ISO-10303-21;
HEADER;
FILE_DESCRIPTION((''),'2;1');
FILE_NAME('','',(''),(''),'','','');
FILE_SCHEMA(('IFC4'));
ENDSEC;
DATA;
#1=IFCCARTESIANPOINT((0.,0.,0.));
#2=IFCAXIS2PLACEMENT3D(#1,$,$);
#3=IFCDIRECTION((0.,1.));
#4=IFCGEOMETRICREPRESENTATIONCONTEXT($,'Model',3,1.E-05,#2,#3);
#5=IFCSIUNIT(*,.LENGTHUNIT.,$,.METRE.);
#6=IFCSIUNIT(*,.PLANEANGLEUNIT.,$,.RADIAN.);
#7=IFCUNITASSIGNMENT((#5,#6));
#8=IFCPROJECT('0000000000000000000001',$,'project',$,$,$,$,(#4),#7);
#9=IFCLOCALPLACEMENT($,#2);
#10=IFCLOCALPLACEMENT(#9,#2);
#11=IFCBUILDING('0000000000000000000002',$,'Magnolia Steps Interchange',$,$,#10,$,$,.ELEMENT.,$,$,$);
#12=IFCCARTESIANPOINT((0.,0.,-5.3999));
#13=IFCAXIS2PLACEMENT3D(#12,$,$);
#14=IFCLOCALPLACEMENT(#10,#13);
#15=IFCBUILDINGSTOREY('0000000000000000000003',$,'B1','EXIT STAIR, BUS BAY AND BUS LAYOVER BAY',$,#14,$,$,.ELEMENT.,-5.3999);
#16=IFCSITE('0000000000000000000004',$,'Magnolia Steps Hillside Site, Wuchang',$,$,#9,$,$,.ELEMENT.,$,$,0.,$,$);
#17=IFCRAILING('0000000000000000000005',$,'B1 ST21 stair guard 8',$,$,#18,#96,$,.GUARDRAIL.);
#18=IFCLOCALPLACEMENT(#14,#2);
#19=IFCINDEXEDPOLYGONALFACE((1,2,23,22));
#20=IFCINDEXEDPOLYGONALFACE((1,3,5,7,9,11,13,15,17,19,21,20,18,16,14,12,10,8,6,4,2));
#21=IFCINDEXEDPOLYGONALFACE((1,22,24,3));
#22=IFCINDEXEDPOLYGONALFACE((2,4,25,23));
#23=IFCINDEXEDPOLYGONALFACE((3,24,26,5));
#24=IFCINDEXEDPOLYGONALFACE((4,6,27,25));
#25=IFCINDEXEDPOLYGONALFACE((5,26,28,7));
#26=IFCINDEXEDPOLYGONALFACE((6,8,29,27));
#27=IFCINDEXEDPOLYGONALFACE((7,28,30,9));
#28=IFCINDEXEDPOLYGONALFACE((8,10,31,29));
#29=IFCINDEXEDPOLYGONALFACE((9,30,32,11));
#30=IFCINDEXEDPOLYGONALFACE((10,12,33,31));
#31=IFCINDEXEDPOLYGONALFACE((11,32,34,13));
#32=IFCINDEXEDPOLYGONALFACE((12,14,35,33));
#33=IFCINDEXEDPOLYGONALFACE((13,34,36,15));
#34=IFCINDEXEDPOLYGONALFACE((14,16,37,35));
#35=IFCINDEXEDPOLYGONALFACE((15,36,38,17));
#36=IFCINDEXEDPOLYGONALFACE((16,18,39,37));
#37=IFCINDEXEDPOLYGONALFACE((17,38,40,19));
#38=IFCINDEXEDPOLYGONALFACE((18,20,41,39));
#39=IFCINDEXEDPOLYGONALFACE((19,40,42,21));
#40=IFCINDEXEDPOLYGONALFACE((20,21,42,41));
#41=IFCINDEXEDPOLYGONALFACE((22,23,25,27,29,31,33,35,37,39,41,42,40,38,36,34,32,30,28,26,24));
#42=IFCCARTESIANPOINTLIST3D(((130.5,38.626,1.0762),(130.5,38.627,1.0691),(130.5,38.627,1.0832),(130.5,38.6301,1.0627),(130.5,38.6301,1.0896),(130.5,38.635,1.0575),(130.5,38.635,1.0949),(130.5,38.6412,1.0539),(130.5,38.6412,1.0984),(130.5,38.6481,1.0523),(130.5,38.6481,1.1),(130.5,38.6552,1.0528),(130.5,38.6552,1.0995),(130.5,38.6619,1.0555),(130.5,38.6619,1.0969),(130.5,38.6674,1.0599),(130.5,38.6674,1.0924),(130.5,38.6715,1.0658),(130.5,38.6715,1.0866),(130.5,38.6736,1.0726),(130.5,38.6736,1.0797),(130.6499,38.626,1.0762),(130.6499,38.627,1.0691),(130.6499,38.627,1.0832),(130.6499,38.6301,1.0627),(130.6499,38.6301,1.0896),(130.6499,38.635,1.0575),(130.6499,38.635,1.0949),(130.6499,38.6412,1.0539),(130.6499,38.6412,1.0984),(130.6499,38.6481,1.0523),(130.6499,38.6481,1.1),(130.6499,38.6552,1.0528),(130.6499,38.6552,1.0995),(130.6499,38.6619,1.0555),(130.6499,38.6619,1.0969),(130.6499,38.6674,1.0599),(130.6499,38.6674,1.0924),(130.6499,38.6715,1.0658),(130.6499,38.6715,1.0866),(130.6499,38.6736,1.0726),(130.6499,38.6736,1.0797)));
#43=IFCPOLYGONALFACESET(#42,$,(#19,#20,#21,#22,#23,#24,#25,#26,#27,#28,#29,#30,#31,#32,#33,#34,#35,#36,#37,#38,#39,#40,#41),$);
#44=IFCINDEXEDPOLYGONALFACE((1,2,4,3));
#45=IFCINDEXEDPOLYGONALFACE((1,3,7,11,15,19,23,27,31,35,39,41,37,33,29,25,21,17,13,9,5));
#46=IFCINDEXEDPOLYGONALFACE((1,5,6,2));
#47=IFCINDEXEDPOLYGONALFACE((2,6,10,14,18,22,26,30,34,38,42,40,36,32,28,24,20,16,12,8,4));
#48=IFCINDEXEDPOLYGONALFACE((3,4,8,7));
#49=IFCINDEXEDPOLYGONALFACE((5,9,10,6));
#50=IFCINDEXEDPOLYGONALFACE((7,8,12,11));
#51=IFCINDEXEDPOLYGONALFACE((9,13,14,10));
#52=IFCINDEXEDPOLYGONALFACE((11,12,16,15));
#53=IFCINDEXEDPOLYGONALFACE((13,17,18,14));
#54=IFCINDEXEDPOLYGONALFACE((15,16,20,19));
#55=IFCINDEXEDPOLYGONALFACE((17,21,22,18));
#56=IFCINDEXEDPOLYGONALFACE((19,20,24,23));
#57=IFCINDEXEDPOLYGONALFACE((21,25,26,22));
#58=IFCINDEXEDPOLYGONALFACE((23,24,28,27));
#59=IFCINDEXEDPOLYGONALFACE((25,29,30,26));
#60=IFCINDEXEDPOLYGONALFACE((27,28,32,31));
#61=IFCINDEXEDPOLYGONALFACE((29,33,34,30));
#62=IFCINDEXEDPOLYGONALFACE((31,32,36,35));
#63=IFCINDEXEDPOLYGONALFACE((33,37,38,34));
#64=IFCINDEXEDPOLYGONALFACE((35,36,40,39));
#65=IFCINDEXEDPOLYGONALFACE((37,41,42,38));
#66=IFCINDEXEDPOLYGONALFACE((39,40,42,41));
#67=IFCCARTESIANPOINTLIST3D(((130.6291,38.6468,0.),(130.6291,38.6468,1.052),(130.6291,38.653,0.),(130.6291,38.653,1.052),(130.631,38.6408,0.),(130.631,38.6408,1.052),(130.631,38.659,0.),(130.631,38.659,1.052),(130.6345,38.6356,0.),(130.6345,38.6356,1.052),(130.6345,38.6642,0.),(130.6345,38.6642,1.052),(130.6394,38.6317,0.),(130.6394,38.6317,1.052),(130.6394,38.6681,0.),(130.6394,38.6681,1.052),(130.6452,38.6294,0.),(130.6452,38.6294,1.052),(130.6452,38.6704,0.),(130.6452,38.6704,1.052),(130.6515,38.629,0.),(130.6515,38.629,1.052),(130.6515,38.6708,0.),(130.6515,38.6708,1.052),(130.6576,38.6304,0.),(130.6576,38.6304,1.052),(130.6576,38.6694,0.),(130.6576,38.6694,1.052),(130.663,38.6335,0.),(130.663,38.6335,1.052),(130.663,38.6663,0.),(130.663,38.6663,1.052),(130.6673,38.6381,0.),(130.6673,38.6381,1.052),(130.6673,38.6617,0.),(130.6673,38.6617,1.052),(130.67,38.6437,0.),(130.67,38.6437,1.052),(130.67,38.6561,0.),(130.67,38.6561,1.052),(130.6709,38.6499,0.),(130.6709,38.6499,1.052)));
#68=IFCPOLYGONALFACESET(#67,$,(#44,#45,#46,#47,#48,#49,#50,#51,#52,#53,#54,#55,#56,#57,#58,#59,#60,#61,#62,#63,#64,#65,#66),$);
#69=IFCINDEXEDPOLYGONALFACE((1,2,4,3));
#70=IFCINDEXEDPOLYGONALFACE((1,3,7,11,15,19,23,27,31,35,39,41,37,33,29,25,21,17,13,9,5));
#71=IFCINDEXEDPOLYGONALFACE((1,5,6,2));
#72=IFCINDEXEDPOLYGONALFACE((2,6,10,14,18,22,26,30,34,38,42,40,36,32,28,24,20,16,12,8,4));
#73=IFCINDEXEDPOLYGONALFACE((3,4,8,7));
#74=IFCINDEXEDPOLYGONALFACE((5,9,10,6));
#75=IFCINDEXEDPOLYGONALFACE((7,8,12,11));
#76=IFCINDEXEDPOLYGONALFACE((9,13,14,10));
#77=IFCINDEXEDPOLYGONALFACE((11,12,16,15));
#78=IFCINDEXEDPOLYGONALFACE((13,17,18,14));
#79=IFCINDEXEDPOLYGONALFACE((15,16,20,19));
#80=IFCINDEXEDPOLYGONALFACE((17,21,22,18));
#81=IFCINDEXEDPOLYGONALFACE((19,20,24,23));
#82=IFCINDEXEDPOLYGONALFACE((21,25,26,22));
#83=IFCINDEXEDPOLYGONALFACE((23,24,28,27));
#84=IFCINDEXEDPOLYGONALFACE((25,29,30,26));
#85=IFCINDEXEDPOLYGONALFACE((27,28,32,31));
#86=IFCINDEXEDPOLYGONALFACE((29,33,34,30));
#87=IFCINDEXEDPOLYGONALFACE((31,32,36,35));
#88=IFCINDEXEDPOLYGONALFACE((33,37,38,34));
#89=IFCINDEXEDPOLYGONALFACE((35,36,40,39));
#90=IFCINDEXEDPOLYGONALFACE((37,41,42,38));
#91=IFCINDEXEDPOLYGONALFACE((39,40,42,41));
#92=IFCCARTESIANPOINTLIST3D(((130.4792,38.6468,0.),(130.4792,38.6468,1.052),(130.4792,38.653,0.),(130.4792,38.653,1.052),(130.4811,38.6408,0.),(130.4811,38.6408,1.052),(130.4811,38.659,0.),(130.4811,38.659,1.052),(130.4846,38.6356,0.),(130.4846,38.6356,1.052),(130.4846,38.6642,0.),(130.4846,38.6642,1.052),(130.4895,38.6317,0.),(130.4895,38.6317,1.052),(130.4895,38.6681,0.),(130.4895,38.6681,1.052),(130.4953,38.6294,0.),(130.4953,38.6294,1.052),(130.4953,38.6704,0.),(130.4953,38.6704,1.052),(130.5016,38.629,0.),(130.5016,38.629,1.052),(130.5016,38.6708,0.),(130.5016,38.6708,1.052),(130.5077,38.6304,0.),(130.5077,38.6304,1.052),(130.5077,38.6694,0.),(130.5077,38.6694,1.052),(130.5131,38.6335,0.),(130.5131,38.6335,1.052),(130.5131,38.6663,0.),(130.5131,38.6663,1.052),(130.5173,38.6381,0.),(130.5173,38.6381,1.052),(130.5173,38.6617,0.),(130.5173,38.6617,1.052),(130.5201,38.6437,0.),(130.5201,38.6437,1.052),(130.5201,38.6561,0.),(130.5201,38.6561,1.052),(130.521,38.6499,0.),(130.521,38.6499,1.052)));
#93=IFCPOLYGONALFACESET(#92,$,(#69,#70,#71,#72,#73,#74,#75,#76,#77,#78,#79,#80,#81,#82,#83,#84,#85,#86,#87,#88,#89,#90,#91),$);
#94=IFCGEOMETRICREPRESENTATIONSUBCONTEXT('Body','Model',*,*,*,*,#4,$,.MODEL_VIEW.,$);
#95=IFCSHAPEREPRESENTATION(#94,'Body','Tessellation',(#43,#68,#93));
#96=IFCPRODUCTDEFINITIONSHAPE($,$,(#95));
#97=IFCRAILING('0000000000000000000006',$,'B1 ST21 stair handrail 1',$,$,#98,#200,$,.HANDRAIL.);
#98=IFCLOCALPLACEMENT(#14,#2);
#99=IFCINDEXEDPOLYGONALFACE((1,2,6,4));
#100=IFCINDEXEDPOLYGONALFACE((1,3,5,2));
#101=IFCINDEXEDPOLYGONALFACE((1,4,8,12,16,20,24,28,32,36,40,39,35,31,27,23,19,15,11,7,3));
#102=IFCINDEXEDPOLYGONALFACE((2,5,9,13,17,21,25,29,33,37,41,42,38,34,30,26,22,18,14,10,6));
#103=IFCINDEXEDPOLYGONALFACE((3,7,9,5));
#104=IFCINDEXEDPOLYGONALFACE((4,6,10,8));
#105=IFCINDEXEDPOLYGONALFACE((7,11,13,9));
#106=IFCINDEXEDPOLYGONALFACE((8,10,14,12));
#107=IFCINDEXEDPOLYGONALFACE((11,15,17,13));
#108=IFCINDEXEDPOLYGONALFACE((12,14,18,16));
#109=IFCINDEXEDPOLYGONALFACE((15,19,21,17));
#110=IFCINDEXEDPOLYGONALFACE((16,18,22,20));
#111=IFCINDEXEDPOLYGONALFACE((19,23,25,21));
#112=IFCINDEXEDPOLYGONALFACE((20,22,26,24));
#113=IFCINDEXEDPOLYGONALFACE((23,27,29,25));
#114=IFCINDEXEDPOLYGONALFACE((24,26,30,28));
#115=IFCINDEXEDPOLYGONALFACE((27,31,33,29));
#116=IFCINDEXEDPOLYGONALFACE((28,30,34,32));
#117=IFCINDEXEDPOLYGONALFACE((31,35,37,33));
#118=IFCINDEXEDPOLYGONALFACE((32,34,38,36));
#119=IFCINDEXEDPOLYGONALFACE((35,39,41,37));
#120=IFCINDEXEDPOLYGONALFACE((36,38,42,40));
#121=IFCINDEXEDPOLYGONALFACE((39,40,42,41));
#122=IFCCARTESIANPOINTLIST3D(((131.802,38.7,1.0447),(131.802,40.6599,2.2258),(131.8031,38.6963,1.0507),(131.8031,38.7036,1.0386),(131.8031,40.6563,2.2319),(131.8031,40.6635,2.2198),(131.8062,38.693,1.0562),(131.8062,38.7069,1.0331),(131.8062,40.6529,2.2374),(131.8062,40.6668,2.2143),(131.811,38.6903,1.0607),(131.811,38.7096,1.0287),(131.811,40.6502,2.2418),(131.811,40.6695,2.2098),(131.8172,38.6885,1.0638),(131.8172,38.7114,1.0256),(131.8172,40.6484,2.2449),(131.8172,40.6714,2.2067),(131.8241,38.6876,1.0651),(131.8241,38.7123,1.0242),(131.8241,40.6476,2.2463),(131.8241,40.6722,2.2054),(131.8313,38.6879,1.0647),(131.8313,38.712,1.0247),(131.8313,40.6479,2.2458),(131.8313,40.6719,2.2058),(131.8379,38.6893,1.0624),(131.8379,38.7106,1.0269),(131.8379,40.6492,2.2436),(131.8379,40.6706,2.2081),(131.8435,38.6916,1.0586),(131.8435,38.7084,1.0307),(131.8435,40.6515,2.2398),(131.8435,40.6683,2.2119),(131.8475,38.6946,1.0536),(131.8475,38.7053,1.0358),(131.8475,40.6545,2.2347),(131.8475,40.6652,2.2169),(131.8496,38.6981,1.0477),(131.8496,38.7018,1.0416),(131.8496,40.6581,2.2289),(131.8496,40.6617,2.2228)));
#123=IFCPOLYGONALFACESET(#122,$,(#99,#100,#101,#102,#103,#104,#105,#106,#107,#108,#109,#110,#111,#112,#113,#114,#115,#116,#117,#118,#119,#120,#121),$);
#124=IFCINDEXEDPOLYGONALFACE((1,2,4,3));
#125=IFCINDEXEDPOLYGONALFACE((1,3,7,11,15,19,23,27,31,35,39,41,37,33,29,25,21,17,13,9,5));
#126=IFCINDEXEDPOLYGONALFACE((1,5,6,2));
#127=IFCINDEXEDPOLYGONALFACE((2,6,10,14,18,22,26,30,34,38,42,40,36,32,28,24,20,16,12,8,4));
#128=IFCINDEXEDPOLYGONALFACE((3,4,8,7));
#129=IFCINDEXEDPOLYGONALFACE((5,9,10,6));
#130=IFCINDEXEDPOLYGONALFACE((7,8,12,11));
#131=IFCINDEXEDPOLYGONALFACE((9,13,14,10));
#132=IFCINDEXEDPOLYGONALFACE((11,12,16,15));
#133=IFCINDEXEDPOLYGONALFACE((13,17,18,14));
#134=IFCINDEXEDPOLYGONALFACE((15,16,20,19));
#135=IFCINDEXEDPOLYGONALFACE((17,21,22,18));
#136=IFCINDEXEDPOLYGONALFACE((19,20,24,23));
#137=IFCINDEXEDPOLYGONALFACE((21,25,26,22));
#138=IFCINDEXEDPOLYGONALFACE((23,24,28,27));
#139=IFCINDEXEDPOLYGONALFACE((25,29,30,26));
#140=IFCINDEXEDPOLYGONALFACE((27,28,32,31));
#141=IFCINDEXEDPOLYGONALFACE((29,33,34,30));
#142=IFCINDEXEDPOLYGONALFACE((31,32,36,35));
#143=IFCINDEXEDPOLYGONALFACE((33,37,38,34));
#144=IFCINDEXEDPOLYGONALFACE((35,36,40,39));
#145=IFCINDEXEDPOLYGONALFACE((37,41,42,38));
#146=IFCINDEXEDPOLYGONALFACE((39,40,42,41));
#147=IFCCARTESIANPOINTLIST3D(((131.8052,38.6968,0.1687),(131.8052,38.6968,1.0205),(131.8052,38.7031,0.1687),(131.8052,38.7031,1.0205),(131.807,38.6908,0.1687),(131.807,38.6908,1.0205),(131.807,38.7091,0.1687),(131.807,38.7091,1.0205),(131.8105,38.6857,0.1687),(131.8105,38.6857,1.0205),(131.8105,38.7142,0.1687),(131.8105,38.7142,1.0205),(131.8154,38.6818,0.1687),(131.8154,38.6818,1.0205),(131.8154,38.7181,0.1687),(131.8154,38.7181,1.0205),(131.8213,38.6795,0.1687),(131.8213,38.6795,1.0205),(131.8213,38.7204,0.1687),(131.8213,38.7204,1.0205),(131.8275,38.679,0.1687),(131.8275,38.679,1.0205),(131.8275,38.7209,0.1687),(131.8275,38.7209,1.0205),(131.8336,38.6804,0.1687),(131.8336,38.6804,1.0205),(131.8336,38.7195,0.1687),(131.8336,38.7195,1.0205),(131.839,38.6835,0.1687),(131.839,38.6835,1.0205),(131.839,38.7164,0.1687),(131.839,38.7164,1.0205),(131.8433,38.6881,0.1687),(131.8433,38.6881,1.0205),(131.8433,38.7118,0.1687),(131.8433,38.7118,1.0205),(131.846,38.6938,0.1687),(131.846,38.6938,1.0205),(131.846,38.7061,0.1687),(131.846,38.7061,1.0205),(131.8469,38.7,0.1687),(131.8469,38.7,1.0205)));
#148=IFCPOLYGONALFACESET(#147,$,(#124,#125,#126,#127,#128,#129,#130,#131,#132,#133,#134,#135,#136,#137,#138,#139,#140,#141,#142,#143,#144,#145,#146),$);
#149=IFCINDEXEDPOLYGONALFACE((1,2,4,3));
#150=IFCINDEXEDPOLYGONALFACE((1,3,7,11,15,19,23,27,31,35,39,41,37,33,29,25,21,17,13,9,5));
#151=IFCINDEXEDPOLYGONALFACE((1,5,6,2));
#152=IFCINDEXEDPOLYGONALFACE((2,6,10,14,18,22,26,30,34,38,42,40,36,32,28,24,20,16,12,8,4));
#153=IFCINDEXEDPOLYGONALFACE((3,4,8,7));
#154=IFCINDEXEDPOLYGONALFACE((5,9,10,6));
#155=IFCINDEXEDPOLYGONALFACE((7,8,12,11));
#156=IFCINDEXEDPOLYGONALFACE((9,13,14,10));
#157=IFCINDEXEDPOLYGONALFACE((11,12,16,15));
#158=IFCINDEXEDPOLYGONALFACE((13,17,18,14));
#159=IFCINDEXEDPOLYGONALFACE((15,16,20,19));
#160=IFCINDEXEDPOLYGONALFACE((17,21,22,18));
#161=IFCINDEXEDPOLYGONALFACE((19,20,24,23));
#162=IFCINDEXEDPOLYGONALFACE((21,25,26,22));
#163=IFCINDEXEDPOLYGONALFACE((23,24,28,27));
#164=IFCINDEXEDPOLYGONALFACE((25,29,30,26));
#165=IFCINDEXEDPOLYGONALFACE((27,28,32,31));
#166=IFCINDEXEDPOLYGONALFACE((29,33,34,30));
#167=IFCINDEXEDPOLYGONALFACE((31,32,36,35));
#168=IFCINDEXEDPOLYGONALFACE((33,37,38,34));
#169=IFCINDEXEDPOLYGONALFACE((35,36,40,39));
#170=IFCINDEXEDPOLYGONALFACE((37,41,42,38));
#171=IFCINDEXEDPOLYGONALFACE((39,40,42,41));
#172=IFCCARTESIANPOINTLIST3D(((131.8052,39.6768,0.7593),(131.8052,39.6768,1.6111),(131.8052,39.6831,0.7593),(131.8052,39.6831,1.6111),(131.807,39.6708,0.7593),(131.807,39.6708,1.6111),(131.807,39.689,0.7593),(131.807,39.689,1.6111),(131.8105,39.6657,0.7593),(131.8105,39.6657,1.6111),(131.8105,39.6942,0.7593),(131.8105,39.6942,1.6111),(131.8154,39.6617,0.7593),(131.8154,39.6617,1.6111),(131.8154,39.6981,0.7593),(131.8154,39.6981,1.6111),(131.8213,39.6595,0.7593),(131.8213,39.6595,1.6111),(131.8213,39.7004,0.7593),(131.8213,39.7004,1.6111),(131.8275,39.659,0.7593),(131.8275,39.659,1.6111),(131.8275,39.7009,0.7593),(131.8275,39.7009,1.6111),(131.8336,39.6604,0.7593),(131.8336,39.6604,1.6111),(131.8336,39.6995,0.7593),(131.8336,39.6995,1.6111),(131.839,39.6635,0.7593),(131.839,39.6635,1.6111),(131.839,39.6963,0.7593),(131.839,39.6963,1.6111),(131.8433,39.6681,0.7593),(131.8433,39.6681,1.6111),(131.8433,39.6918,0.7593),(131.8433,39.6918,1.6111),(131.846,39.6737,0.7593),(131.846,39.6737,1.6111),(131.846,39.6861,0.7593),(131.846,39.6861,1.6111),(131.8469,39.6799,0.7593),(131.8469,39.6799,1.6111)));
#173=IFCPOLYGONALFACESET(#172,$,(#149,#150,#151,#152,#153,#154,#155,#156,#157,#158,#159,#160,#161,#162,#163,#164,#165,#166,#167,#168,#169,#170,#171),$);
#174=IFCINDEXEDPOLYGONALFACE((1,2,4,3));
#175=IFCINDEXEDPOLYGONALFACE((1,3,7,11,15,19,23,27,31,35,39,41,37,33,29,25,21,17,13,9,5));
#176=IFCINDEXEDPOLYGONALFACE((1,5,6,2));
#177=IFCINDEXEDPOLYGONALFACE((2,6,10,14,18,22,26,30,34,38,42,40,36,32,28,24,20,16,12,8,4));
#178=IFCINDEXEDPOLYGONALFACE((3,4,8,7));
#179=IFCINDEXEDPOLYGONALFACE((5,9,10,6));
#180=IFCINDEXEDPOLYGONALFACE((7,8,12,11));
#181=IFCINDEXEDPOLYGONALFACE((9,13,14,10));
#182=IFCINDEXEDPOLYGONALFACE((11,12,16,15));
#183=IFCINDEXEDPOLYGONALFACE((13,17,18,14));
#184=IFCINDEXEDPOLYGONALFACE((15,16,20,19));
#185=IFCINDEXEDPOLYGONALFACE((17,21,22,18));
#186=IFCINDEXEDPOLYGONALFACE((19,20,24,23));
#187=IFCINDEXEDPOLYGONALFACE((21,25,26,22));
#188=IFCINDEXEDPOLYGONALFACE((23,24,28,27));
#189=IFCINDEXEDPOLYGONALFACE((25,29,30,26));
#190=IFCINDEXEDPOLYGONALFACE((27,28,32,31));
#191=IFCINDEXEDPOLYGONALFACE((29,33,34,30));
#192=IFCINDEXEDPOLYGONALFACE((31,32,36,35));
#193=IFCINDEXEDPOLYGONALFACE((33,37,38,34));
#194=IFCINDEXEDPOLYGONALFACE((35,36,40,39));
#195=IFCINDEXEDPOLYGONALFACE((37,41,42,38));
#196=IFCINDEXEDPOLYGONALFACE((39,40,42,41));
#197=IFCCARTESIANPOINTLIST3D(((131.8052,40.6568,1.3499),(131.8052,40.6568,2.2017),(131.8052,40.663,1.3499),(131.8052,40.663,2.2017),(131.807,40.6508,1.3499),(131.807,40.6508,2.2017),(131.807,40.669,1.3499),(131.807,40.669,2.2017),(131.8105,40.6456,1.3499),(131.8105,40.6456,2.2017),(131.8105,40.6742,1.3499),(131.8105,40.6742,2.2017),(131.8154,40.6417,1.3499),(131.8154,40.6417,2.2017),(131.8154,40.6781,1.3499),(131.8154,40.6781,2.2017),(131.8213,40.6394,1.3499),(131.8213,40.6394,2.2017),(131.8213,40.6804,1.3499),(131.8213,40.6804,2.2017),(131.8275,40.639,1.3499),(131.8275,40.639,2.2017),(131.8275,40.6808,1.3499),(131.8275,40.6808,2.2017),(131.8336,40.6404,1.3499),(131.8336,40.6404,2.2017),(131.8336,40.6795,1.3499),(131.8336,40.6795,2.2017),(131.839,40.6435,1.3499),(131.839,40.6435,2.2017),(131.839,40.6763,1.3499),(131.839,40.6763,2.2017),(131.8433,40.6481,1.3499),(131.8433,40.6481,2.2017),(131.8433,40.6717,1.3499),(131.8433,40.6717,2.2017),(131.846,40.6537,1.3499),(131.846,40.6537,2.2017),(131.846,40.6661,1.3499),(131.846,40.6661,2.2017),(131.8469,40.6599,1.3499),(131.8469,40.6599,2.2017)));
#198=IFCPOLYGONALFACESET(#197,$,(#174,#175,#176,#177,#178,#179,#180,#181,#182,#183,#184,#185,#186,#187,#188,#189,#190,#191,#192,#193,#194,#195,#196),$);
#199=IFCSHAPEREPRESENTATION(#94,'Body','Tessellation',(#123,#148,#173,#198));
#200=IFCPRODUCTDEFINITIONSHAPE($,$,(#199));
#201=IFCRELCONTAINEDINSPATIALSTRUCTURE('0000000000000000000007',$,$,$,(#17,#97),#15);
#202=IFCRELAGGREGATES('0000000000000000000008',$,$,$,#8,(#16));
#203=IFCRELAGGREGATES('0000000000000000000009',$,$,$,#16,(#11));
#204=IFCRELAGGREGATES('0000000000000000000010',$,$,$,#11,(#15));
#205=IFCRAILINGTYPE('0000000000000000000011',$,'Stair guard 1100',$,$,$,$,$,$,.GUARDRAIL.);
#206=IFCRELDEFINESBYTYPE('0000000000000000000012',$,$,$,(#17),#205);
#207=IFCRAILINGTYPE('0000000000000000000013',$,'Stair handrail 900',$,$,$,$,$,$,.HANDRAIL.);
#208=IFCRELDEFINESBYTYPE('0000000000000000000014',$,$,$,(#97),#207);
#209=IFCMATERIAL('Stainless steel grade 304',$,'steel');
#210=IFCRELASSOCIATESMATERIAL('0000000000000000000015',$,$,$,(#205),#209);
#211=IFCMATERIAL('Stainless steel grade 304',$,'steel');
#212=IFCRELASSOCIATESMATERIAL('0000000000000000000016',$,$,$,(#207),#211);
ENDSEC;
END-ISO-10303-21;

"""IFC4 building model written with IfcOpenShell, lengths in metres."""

from ifc_helpers import new_model, si_unit, direction, frame, origin, origin_2d, place, context, subcontext, project, spatial, circle, extrude, material, type_object, element, save


model = new_model("IFC4")

# Units and contexts
model_context = context("Model", 3, precision=1e-05, world=origin(), true_north=direction((0.0, 1.0)))
body_context = subcontext(model_context, "Body", "Model", "MODEL_VIEW")
ifc_project = project(units=[si_unit("LENGTHUNIT", "METRE"), si_unit("PLANEANGLEUNIT", "RADIAN")], contexts=[model_context])

# Site, building, storey
site_placement = place(None, origin())
site = spatial("IfcSite", under=ifc_project, at=site_placement, Name="Magnolia Steps Hillside Site, Wuchang", CompositionType="ELEMENT", RefElevation=0.0)
building_placement = place(site_placement, origin())
building = spatial("IfcBuilding", under=site, at=building_placement, Name="Magnolia Steps Interchange", CompositionType="ELEMENT")
storey_placement = place(building_placement, frame((0.0, 0.0, -5.3999)))
storey = spatial("IfcBuildingStorey", under=building, at=storey_placement, Name="B1", Description="EXIT STAIR, BUS BAY AND BUS LAYOVER BAY", CompositionType="ELEMENT", Elevation=-5.3999)

# Railings
ifc_material_1 = material(Name="Stainless steel grade 304", Category="steel")
railing_type_1 = type_object("IfcRailingType", Name="Stair guard 1100", PredefinedType="GUARDRAIL", material=ifc_material_1)
railing_1_placement = place(storey_placement, frame((130.6499, 38.6499, 0.0)))
element("IfcRailing", 1, at=railing_1_placement, inside=storey, type_object=railing_type_1, Name="B1 ST21 stair guard 8", PredefinedType="GUARDRAIL", context=body_context, shape_type="SweptSolid", body=[
    extrude(circle(Radius=0.0239, at=origin_2d()), frame((0.0, 0.0, 1.0762), z_axis=(-1.0, 0.0, 0.0), x_axis=(0.0, -1.0, 0.0)), (0.0, 0.0, 1.0), 0.1499),
    extrude(circle(Radius=0.021, at=origin_2d()), origin(), (0.0, 0.0, 1.0), 1.052),
    extrude(circle(Radius=0.021, at=origin_2d()), frame((-0.1499, 0.0, 0.0)), (0.0, 0.0, 1.0), 1.052),
])
ifc_material_2 = material(Name="Stainless steel grade 304", Category="steel")
railing_type_2 = type_object("IfcRailingType", Name="Stair handrail 900", PredefinedType="HANDRAIL", material=ifc_material_2)
railing_2_placement = place(storey_placement, frame((131.8259, 38.7, 0.1687)))
element("IfcRailing", 2, at=railing_2_placement, inside=storey, type_object=railing_type_2, Name="B1 ST21 stair handrail 1", PredefinedType="HANDRAIL", context=body_context, shape_type="SweptSolid", body=[
    extrude(circle(Radius=0.0239, at=origin_2d()), frame((0.0, 0.0, 0.876), z_axis=(0.0, 0.856493, 0.516158), x_axis=(-1.0, 0.0, 0.0)), (0.0, 0.0, 1.0), 2.2883),
    extrude(circle(Radius=0.021, at=origin_2d()), origin(), (0.0, 0.0, 1.0), 0.8518),
    extrude(circle(Radius=0.021, at=origin_2d()), frame((0.0, 0.98, 0.5906)), (0.0, 0.0, 1.0), 0.8518),
    extrude(circle(Radius=0.021, at=origin_2d()), frame((0.0, 1.96, 1.1812)), (0.0, 0.0, 1.0), 0.8518),
])

save(model, "model.ifc")
